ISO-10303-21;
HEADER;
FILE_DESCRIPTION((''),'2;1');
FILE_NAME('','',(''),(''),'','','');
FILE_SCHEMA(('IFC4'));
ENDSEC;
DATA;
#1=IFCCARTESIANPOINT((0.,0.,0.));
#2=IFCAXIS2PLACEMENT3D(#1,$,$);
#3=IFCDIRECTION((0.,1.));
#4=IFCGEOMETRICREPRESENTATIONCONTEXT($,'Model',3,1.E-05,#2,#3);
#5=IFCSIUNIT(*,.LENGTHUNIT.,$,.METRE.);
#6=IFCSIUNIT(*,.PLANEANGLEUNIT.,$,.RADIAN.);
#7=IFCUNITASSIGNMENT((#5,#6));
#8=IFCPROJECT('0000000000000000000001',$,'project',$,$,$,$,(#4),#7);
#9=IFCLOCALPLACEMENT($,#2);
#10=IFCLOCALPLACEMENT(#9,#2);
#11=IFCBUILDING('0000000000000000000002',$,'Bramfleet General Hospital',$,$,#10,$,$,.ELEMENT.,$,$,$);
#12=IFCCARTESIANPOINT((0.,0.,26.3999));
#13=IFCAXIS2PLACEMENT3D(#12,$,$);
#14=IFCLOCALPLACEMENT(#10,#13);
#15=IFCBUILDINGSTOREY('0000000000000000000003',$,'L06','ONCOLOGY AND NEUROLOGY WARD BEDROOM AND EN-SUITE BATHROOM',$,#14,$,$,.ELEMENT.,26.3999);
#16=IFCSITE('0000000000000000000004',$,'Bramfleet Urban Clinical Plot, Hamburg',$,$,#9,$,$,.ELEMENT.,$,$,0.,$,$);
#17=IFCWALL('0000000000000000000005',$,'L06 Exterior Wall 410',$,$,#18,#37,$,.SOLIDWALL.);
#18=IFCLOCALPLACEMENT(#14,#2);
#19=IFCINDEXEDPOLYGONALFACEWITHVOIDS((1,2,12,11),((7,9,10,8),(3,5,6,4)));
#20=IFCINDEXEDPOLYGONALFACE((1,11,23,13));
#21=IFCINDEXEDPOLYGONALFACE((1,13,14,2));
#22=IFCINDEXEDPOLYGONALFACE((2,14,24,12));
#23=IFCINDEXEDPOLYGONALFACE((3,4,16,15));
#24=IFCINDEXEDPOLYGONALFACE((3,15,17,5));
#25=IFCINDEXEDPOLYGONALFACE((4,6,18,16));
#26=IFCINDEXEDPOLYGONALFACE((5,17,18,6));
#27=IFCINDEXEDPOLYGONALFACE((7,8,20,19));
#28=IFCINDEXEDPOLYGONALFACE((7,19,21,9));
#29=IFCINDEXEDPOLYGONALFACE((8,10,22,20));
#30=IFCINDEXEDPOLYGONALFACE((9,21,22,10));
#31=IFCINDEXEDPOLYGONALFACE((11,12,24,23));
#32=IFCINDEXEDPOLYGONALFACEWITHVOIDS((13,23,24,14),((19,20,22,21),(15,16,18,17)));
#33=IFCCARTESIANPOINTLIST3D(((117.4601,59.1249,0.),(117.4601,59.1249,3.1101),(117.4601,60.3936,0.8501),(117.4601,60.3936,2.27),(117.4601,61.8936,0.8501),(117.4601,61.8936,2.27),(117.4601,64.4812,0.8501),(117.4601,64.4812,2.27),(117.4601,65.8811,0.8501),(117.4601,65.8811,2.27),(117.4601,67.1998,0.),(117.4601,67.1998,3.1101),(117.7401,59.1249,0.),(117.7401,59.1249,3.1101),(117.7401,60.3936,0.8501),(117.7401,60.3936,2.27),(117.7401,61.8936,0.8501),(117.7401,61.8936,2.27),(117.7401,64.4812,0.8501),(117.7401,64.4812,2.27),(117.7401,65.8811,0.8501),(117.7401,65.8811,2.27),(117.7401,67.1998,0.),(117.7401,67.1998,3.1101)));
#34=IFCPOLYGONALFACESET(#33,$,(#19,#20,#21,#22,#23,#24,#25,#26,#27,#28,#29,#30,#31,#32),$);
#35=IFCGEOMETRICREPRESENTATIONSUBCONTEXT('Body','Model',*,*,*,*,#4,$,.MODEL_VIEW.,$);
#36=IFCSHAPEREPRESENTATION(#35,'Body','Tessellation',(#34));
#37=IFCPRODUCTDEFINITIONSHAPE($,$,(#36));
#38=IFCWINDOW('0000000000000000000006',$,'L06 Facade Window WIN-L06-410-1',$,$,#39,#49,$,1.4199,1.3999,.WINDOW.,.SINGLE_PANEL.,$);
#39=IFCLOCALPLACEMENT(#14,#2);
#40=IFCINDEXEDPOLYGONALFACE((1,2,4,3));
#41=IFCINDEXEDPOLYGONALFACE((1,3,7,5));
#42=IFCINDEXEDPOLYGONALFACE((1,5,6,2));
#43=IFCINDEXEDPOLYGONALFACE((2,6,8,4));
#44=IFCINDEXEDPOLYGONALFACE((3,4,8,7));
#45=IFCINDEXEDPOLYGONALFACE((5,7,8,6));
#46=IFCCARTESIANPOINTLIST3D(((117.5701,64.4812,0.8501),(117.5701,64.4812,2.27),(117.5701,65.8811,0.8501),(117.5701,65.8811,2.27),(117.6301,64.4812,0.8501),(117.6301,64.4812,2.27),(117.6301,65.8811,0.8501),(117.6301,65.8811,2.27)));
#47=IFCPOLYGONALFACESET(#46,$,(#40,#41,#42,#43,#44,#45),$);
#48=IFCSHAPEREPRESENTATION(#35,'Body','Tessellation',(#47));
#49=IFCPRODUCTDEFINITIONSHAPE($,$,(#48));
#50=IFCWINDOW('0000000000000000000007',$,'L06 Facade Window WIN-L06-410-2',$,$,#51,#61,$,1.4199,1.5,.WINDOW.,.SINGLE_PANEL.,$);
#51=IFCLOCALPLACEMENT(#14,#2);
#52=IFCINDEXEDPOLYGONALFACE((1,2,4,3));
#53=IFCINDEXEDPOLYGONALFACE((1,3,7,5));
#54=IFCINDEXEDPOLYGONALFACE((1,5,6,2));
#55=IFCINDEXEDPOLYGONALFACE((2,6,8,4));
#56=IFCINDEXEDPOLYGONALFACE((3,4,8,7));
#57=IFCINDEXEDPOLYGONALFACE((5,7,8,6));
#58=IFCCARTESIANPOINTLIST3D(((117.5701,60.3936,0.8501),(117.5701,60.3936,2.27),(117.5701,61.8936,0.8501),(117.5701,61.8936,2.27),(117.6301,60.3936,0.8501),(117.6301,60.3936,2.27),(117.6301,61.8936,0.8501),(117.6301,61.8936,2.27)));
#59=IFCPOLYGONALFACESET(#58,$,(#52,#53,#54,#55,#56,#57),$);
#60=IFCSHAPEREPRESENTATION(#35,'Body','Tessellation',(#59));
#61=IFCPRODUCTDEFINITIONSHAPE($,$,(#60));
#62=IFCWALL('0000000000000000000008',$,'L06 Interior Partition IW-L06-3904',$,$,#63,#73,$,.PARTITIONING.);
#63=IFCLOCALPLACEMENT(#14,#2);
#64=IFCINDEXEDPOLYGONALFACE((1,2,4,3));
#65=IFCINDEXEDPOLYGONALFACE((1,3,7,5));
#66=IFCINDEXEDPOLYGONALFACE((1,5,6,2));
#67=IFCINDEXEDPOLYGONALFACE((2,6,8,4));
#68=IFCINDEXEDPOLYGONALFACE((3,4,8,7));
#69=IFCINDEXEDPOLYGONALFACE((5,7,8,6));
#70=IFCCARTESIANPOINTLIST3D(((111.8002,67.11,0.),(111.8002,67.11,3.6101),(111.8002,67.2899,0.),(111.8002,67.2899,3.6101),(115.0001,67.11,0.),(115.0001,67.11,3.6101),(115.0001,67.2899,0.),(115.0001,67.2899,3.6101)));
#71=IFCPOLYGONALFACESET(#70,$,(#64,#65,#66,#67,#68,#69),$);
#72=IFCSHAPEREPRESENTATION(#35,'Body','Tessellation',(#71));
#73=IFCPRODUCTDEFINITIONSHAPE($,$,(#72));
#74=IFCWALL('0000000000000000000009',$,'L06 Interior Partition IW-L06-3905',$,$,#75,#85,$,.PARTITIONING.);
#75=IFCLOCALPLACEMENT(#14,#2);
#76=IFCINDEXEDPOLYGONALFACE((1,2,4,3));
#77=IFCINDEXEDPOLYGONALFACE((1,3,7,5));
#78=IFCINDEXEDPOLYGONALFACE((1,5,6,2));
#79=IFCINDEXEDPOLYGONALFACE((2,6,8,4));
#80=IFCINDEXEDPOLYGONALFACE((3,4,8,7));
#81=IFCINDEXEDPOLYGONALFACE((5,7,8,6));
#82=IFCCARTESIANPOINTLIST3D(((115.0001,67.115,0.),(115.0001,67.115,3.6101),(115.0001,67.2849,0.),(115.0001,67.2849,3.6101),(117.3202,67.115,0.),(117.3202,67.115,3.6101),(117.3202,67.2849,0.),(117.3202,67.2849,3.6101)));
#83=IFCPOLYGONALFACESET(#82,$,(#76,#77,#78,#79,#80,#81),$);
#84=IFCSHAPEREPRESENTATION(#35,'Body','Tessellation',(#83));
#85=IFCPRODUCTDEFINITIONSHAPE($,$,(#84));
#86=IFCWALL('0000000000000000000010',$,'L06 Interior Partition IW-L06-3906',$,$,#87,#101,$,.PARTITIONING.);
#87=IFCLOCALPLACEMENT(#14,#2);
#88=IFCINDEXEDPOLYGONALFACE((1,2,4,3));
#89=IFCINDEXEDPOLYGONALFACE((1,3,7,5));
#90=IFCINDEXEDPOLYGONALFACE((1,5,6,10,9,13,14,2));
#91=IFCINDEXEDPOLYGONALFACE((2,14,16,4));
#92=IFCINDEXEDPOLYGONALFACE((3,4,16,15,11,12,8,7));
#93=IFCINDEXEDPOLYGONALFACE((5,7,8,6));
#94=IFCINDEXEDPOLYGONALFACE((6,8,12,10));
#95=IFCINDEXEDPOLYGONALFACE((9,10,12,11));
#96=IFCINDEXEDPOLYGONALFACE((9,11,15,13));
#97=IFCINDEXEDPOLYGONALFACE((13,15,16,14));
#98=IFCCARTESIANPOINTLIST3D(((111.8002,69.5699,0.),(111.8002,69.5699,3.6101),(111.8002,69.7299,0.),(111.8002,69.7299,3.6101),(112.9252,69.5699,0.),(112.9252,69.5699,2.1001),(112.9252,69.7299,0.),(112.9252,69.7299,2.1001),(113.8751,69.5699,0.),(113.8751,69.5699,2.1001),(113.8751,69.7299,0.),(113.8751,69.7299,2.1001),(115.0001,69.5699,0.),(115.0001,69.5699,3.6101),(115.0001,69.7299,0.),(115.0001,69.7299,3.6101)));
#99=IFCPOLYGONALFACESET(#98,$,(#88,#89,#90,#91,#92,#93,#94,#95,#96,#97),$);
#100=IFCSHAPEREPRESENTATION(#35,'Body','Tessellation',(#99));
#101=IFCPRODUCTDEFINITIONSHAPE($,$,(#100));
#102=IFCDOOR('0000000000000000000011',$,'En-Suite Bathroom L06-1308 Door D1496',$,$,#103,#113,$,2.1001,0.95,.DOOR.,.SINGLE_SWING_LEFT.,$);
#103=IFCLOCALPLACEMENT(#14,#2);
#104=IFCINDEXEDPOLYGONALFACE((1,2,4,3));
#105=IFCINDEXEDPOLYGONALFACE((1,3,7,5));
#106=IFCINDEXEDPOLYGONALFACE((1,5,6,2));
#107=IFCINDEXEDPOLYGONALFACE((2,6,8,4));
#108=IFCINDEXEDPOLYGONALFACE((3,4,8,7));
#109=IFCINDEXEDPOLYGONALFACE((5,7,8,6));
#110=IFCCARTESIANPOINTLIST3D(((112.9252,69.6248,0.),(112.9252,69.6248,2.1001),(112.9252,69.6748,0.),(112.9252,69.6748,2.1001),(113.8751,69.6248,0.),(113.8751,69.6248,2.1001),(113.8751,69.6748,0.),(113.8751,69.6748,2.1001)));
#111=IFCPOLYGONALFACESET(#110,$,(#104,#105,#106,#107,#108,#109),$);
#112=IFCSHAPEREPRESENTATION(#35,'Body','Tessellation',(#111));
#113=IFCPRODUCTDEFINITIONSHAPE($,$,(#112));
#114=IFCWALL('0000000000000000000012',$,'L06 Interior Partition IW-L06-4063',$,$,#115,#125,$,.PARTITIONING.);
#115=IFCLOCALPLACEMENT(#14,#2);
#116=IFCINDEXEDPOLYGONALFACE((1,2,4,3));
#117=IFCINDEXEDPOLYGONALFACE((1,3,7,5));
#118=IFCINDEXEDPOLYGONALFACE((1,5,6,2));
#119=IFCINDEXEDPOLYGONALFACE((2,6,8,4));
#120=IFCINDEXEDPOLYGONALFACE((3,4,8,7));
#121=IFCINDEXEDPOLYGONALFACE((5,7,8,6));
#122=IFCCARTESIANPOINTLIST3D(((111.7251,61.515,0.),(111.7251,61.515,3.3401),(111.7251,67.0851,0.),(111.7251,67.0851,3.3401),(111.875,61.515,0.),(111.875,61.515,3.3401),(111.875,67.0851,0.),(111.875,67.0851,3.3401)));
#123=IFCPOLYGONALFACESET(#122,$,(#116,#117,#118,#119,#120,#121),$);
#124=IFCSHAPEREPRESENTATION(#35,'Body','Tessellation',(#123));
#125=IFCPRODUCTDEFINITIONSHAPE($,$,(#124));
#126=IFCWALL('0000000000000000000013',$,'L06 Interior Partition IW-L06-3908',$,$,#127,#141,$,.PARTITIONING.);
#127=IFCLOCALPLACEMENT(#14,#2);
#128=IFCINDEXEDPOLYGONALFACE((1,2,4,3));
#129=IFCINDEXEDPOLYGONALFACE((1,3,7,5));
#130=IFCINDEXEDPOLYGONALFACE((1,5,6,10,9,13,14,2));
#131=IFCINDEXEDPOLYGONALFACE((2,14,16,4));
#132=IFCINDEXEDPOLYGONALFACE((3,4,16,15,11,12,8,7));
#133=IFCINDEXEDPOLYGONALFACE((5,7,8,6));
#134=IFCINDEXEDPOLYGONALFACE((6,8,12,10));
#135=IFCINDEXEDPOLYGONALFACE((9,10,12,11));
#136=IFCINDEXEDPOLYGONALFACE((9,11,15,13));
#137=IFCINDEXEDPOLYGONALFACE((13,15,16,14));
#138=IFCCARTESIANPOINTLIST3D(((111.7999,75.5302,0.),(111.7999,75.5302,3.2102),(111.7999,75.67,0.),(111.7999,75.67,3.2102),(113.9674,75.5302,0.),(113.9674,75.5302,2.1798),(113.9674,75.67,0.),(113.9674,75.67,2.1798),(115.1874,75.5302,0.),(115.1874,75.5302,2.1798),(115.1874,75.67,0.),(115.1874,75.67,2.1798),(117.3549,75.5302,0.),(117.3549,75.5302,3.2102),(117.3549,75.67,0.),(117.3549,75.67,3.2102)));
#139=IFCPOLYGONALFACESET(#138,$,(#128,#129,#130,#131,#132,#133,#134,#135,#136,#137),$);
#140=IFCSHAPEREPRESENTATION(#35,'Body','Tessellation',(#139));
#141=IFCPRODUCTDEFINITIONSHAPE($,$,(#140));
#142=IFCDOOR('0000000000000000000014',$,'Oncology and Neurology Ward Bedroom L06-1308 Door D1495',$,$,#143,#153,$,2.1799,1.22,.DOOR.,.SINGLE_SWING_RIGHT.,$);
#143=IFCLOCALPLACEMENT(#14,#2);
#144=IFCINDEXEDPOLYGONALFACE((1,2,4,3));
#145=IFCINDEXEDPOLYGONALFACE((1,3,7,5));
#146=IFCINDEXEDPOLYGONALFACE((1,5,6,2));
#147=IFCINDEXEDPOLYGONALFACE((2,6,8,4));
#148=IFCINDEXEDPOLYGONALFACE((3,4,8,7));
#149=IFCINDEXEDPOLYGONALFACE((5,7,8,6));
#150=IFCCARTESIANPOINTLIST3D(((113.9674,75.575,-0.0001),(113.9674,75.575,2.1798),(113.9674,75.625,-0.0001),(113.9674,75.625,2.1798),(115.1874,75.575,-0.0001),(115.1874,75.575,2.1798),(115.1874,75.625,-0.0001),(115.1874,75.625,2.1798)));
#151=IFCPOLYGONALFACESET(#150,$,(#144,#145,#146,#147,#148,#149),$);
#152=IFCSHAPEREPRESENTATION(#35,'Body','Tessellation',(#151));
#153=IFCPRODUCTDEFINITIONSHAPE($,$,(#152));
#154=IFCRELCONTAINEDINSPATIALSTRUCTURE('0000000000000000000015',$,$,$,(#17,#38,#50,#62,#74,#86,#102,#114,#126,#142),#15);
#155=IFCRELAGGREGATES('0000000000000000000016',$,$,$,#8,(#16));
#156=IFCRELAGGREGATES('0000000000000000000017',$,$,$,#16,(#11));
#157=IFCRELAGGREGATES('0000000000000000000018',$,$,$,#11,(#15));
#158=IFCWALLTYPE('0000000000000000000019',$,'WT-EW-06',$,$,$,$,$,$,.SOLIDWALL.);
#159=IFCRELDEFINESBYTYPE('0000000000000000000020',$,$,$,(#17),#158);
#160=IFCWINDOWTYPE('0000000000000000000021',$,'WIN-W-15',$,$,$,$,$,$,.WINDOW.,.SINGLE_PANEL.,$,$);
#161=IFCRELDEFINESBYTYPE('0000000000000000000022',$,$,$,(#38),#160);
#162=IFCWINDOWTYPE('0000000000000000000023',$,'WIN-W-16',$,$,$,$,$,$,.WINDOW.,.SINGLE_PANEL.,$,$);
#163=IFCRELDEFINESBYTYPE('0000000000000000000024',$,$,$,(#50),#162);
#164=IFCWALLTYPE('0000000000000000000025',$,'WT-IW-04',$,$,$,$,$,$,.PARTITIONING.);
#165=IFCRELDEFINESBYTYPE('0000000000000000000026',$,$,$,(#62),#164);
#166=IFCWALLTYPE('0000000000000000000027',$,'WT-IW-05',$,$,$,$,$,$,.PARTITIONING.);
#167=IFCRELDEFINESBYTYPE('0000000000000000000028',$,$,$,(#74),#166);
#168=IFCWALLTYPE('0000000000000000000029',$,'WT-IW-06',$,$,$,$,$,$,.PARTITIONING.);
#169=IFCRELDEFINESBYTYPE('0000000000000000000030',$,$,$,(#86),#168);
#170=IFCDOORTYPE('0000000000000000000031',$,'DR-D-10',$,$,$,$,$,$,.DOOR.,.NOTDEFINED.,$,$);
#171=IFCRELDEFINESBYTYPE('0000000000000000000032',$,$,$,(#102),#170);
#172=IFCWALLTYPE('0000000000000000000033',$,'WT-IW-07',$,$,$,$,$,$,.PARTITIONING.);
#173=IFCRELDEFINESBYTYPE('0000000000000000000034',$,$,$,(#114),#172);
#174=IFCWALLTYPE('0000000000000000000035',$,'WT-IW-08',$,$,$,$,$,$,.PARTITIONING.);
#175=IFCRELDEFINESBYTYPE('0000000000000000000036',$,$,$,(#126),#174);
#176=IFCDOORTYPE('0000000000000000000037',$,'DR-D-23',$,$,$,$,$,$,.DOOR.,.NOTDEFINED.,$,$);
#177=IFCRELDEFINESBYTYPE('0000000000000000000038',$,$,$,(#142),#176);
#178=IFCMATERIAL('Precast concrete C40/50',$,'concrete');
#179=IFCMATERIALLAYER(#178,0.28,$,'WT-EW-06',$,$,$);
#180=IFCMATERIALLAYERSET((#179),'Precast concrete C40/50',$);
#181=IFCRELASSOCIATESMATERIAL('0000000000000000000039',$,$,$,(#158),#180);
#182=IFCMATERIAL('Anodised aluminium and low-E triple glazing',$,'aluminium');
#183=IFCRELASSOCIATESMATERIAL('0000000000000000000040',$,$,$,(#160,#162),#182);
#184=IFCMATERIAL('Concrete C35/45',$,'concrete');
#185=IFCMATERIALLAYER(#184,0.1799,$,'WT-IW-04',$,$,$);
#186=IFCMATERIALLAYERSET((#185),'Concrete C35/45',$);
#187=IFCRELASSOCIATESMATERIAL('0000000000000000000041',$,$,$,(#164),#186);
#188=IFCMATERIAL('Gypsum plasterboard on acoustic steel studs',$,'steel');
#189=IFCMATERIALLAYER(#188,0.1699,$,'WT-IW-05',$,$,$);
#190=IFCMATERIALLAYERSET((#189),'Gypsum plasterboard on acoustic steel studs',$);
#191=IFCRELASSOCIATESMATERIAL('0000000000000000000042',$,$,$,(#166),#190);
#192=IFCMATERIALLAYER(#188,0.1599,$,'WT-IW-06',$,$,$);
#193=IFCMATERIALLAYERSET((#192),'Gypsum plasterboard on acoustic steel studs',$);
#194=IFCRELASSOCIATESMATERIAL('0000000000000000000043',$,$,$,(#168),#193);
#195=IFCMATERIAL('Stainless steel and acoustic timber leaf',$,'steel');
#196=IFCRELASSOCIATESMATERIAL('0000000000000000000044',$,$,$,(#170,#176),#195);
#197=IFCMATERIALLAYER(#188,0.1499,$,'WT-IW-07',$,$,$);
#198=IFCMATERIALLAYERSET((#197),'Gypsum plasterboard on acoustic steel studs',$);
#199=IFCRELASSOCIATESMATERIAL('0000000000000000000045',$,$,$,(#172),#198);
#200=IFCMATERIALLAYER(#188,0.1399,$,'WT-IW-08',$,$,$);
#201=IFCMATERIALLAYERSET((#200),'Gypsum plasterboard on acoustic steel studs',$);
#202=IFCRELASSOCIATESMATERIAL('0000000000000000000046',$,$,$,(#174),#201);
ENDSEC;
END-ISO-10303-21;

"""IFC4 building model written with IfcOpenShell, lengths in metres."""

from ifc_helpers import new_model, si_unit, direction, frame, frame_2d, origin, place, context, subcontext, project, spatial, rectangle, extrude, material, layer, layer_set, type_object, element, fill, save


model = new_model("IFC4")

# Units and contexts
model_context = context("Model", 3, precision=1e-05, world=origin(), true_north=direction((0.0, 1.0)))
body_context = subcontext(model_context, "Body", "Model", "MODEL_VIEW")
ifc_project = project(units=[si_unit("LENGTHUNIT", "METRE"), si_unit("PLANEANGLEUNIT", "RADIAN")], contexts=[model_context])

# Site, building, storey
site_placement = place(None, origin())
site = spatial("IfcSite", under=ifc_project, at=site_placement, Name="Bramfleet Urban Clinical Plot, Hamburg", CompositionType="ELEMENT", RefElevation=0.0)
building_placement = place(site_placement, origin())
building = spatial("IfcBuilding", under=site, at=building_placement, Name="Bramfleet General Hospital", CompositionType="ELEMENT")
storey_placement = place(building_placement, frame((0.0, 0.0, 26.3999)))
storey = spatial("IfcBuildingStorey", under=building, at=storey_placement, Name="L06", Description="ONCOLOGY AND NEUROLOGY WARD BEDROOM AND EN-SUITE BATHROOM", CompositionType="ELEMENT", Elevation=26.3999)

# Wall, openings, windows
ifc_material_1 = material(Name="Precast concrete C40/50", Category="concrete")
ifc_material_2 = material(Name="Anodised aluminium and low-E triple glazing", Category="aluminium")
ifc_layer_1 = layer(ifc_material_1, 0.28, Name="WT-EW-06")
ifc_layer_set_1 = layer_set([ifc_layer_1], Name="Precast concrete C40/50")
wall_type_1 = type_object("IfcWallType", Name="WT-EW-06", PredefinedType="SOLIDWALL", material=ifc_layer_set_1)
wall_1_placement = place(storey_placement, frame((117.6001, 67.2, 0.0), z_axis=(0.0, 0.0, 1.0), x_axis=(0.0, -1.0, 0.0)))
wall_1 = element("IfcWall", 1, at=wall_1_placement, inside=storey, type_object=wall_type_1, Name="L06 Exterior Wall 410", PredefinedType="SOLIDWALL", context=body_context, shape_type="SweptSolid", body=[
    extrude(rectangle(XDim=8.075, YDim=0.28, at=frame_2d((4.0376, 0.0))), origin(), (0.0, 0.0, 1.0), 3.1101),
])
opening_1_placement = place(wall_1_placement, frame((1.3188, 0.0, 0.8501)))
opening_1 = element("IfcOpeningElement", 2, at=opening_1_placement, cuts=wall_1, PredefinedType="OPENING", context=body_context, shape_type="SweptSolid", body=[
    extrude(rectangle(XDim=1.3999, YDim=1.4199, at=frame_2d((0.7, 0.71))), frame((0.0, 0.1499, 0.0), z_axis=(0.0, -1.0, 0.0), x_axis=(1.0, 0.0, 0.0)), (0.0, 0.0, 1.0), 0.3),
])
opening_2_placement = place(wall_1_placement, frame((5.3064, 0.0, 0.8501)))
opening_2 = element("IfcOpeningElement", 3, at=opening_2_placement, cuts=wall_1, PredefinedType="OPENING", context=body_context, shape_type="SweptSolid", body=[
    extrude(rectangle(XDim=1.5, YDim=1.4199, at=frame_2d((0.75, 0.71))), frame((0.0, 0.1499, 0.0), z_axis=(0.0, -1.0, 0.0), x_axis=(1.0, 0.0, 0.0)), (0.0, 0.0, 1.0), 0.3),
])
window_type_1 = type_object("IfcWindowType", Name="WIN-W-15", PartitioningType="SINGLE_PANEL", PredefinedType="WINDOW", material=ifc_material_2)
window_1_placement = place(opening_1_placement, origin())
window_1 = element("IfcWindow", 4, at=window_1_placement, inside=storey, type_object=window_type_1, Name="L06 Facade Window WIN-L06-410-1", OverallHeight=1.4199, OverallWidth=1.3999, PartitioningType="SINGLE_PANEL", PredefinedType="WINDOW", context=body_context, shape_type="SweptSolid", body=[
    extrude(rectangle(XDim=1.3999, YDim=1.4199, at=frame_2d((0.7, 0.71))), frame((0.0, 0.03, 0.0), z_axis=(0.0, -1.0, 0.0), x_axis=(1.0, 0.0, 0.0)), (0.0, 0.0, 1.0), 0.0601),
])
fill(opening_1, window_1)
window_type_2 = type_object("IfcWindowType", Name="WIN-W-16", PartitioningType="SINGLE_PANEL", PredefinedType="WINDOW", material=ifc_material_2)
window_2_placement = place(opening_2_placement, origin())
window_2 = element("IfcWindow", 5, at=window_2_placement, inside=storey, type_object=window_type_2, Name="L06 Facade Window WIN-L06-410-2", OverallHeight=1.4199, OverallWidth=1.5, PartitioningType="SINGLE_PANEL", PredefinedType="WINDOW", context=body_context, shape_type="SweptSolid", body=[
    extrude(rectangle(XDim=1.5, YDim=1.4199, at=frame_2d((0.75, 0.71))), frame((0.0, 0.03, 0.0), z_axis=(0.0, -1.0, 0.0), x_axis=(1.0, 0.0, 0.0)), (0.0, 0.0, 1.0), 0.0601),
])
fill(opening_2, window_2)

# Walls
ifc_material_3 = material(Name="Concrete C35/45", Category="concrete")
ifc_layer_2 = layer(ifc_material_3, 0.1799, Name="WT-IW-04")
ifc_layer_set_2 = layer_set([ifc_layer_2], Name="Concrete C35/45")
wall_type_2 = type_object("IfcWallType", Name="WT-IW-04", PredefinedType="PARTITIONING", material=ifc_layer_set_2)
wall_2_placement = place(storey_placement, frame((111.8, 67.2, 0.0), z_axis=(0.0, 0.0, 1.0), x_axis=(1.0, 0.0, 0.0)))
element("IfcWall", 6, at=wall_2_placement, inside=storey, type_object=wall_type_2, Name="L06 Interior Partition IW-L06-3904", PredefinedType="PARTITIONING", context=body_context, shape_type="SweptSolid", body=[
    extrude(rectangle(XDim=3.2, YDim=0.1799, at=frame_2d((1.6001, 0.0))), origin(), (0.0, 0.0, 1.0), 3.6101),
])
ifc_material_4 = material(Name="Gypsum plasterboard on acoustic steel studs", Category="steel")
ifc_layer_3 = layer(ifc_material_4, 0.1699, Name="WT-IW-05")
ifc_layer_set_3 = layer_set([ifc_layer_3], Name="Gypsum plasterboard on acoustic steel studs")
wall_type_3 = type_object("IfcWallType", Name="WT-IW-05", PredefinedType="PARTITIONING", material=ifc_layer_set_3)
wall_3_placement = place(storey_placement, frame((115.0, 67.2, 0.0), z_axis=(0.0, 0.0, 1.0), x_axis=(1.0, 0.0, 0.0)))
element("IfcWall", 7, at=wall_3_placement, inside=storey, type_object=wall_type_3, Name="L06 Interior Partition IW-L06-3905", PredefinedType="PARTITIONING", context=body_context, shape_type="SweptSolid", body=[
    extrude(rectangle(XDim=2.3201, YDim=0.1699, at=frame_2d((1.1602, 0.0))), origin(), (0.0, 0.0, 1.0), 3.6101),
])

# Wall, opening, door
ifc_layer_4 = layer(ifc_material_4, 0.1599, Name="WT-IW-06")
ifc_layer_set_4 = layer_set([ifc_layer_4], Name="Gypsum plasterboard on acoustic steel studs")
wall_type_4 = type_object("IfcWallType", Name="WT-IW-06", PredefinedType="PARTITIONING", material=ifc_layer_set_4)
wall_4_placement = place(storey_placement, frame((111.8, 69.6499, 0.0), z_axis=(0.0, 0.0, 1.0), x_axis=(1.0, 0.0, 0.0)))
wall_4 = element("IfcWall", 8, at=wall_4_placement, inside=storey, type_object=wall_type_4, Name="L06 Interior Partition IW-L06-3906", PredefinedType="PARTITIONING", context=body_context, shape_type="SweptSolid", body=[
    extrude(rectangle(XDim=3.2, YDim=0.1599, at=frame_2d((1.6001, 0.0))), origin(), (0.0, 0.0, 1.0), 3.6101),
])
opening_3_placement = place(wall_4_placement, frame((1.125, 0.0, 0.0)))
opening_3 = element("IfcOpeningElement", 9, at=opening_3_placement, cuts=wall_4, PredefinedType="OPENING", context=body_context, shape_type="SweptSolid", body=[
    extrude(rectangle(XDim=0.95, YDim=2.1001, at=frame_2d((0.4751, 1.05))), frame((0.0, 0.0898, 0.0), z_axis=(0.0, -1.0, 0.0), x_axis=(1.0, 0.0, 0.0)), (0.0, 0.0, 1.0), 0.1799),
])
ifc_material_5 = material(Name="Stainless steel and acoustic timber leaf", Category="steel")
door_type_1 = type_object("IfcDoorType", Name="DR-D-10", OperationType="NOTDEFINED", PredefinedType="DOOR", material=ifc_material_5)
door_1_placement = place(opening_3_placement, origin())
door_1 = element("IfcDoor", 10, at=door_1_placement, inside=storey, type_object=door_type_1, Name="En-Suite Bathroom L06-1308 Door D1496", OperationType="SINGLE_SWING_LEFT", OverallHeight=2.1001, OverallWidth=0.95, PredefinedType="DOOR", context=body_context, shape_type="SweptSolid", body=[
    extrude(rectangle(XDim=0.95, YDim=2.1001, at=frame_2d((0.4751, 1.05))), frame((0.0, 0.0249, 0.0), z_axis=(0.0, -1.0, 0.0), x_axis=(1.0, 0.0, 0.0)), (0.0, 0.0, 1.0), 0.05),
])
fill(opening_3, door_1)

# Wall
ifc_layer_5 = layer(ifc_material_4, 0.1499, Name="WT-IW-07")
ifc_layer_set_5 = layer_set([ifc_layer_5], Name="Gypsum plasterboard on acoustic steel studs")
wall_type_5 = type_object("IfcWallType", Name="WT-IW-07", PredefinedType="PARTITIONING", material=ifc_layer_set_5)
wall_5_placement = place(storey_placement, frame((111.8, 61.5149, 0.0), z_axis=(0.0, 0.0, 1.0), x_axis=(0.0, 1.0, 0.0)))
element("IfcWall", 11, at=wall_5_placement, inside=storey, type_object=wall_type_5, Name="L06 Interior Partition IW-L06-4063", PredefinedType="PARTITIONING", context=body_context, shape_type="SweptSolid", body=[
    extrude(rectangle(XDim=5.5701, YDim=0.1499, at=frame_2d((2.7852, 0.0))), origin(), (0.0, 0.0, 1.0), 3.3401),
])

# Wall, opening, door
ifc_layer_6 = layer(ifc_material_4, 0.1399, Name="WT-IW-08")
ifc_layer_set_6 = layer_set([ifc_layer_6], Name="Gypsum plasterboard on acoustic steel studs")
wall_type_6 = type_object("IfcWallType", Name="WT-IW-08", PredefinedType="PARTITIONING", material=ifc_layer_set_6)
wall_6_placement = place(storey_placement, frame((111.8, 75.6001, 0.0), z_axis=(0.0, 0.0, 1.0), x_axis=(1.0, 0.0, 0.0)))
wall_6 = element("IfcWall", 12, at=wall_6_placement, inside=storey, type_object=wall_type_6, Name="L06 Interior Partition IW-L06-3908", PredefinedType="PARTITIONING", context=body_context, shape_type="SweptSolid", body=[
    extrude(rectangle(XDim=5.5549, YDim=0.1399, at=frame_2d((2.7773, 0.0))), origin(), (0.0, 0.0, 1.0), 3.2102),
])
opening_4_placement = place(wall_6_placement, frame((2.1675, 0.0, 0.0)))
opening_4 = element("IfcOpeningElement", 13, at=opening_4_placement, cuts=wall_6, PredefinedType="OPENING", context=body_context, shape_type="SweptSolid", body=[
    extrude(rectangle(XDim=1.22, YDim=2.1799, at=frame_2d((0.6099, 1.0898))), frame((0.0, 0.0798, 0.0), z_axis=(0.0, -1.0, 0.0), x_axis=(1.0, 0.0, 0.0)), (0.0, 0.0, 1.0), 0.1599),
])
door_type_2 = type_object("IfcDoorType", Name="DR-D-23", OperationType="NOTDEFINED", PredefinedType="DOOR", material=ifc_material_5)
door_2_placement = place(opening_4_placement, origin())
door_2 = element("IfcDoor", 14, at=door_2_placement, inside=storey, type_object=door_type_2, Name="Oncology and Neurology Ward Bedroom L06-1308 Door D1495", OperationType="SINGLE_SWING_RIGHT", OverallHeight=2.1799, OverallWidth=1.22, PredefinedType="DOOR", context=body_context, shape_type="SweptSolid", body=[
    extrude(rectangle(XDim=1.22, YDim=2.1799, at=frame_2d((0.6099, 1.0898))), frame((0.0, 0.0249, 0.0), z_axis=(0.0, -1.0, 0.0), x_axis=(1.0, 0.0, 0.0)), (0.0, 0.0, 1.0), 0.05),
])
fill(opening_4, door_2)

save(model, "model.ifc")
